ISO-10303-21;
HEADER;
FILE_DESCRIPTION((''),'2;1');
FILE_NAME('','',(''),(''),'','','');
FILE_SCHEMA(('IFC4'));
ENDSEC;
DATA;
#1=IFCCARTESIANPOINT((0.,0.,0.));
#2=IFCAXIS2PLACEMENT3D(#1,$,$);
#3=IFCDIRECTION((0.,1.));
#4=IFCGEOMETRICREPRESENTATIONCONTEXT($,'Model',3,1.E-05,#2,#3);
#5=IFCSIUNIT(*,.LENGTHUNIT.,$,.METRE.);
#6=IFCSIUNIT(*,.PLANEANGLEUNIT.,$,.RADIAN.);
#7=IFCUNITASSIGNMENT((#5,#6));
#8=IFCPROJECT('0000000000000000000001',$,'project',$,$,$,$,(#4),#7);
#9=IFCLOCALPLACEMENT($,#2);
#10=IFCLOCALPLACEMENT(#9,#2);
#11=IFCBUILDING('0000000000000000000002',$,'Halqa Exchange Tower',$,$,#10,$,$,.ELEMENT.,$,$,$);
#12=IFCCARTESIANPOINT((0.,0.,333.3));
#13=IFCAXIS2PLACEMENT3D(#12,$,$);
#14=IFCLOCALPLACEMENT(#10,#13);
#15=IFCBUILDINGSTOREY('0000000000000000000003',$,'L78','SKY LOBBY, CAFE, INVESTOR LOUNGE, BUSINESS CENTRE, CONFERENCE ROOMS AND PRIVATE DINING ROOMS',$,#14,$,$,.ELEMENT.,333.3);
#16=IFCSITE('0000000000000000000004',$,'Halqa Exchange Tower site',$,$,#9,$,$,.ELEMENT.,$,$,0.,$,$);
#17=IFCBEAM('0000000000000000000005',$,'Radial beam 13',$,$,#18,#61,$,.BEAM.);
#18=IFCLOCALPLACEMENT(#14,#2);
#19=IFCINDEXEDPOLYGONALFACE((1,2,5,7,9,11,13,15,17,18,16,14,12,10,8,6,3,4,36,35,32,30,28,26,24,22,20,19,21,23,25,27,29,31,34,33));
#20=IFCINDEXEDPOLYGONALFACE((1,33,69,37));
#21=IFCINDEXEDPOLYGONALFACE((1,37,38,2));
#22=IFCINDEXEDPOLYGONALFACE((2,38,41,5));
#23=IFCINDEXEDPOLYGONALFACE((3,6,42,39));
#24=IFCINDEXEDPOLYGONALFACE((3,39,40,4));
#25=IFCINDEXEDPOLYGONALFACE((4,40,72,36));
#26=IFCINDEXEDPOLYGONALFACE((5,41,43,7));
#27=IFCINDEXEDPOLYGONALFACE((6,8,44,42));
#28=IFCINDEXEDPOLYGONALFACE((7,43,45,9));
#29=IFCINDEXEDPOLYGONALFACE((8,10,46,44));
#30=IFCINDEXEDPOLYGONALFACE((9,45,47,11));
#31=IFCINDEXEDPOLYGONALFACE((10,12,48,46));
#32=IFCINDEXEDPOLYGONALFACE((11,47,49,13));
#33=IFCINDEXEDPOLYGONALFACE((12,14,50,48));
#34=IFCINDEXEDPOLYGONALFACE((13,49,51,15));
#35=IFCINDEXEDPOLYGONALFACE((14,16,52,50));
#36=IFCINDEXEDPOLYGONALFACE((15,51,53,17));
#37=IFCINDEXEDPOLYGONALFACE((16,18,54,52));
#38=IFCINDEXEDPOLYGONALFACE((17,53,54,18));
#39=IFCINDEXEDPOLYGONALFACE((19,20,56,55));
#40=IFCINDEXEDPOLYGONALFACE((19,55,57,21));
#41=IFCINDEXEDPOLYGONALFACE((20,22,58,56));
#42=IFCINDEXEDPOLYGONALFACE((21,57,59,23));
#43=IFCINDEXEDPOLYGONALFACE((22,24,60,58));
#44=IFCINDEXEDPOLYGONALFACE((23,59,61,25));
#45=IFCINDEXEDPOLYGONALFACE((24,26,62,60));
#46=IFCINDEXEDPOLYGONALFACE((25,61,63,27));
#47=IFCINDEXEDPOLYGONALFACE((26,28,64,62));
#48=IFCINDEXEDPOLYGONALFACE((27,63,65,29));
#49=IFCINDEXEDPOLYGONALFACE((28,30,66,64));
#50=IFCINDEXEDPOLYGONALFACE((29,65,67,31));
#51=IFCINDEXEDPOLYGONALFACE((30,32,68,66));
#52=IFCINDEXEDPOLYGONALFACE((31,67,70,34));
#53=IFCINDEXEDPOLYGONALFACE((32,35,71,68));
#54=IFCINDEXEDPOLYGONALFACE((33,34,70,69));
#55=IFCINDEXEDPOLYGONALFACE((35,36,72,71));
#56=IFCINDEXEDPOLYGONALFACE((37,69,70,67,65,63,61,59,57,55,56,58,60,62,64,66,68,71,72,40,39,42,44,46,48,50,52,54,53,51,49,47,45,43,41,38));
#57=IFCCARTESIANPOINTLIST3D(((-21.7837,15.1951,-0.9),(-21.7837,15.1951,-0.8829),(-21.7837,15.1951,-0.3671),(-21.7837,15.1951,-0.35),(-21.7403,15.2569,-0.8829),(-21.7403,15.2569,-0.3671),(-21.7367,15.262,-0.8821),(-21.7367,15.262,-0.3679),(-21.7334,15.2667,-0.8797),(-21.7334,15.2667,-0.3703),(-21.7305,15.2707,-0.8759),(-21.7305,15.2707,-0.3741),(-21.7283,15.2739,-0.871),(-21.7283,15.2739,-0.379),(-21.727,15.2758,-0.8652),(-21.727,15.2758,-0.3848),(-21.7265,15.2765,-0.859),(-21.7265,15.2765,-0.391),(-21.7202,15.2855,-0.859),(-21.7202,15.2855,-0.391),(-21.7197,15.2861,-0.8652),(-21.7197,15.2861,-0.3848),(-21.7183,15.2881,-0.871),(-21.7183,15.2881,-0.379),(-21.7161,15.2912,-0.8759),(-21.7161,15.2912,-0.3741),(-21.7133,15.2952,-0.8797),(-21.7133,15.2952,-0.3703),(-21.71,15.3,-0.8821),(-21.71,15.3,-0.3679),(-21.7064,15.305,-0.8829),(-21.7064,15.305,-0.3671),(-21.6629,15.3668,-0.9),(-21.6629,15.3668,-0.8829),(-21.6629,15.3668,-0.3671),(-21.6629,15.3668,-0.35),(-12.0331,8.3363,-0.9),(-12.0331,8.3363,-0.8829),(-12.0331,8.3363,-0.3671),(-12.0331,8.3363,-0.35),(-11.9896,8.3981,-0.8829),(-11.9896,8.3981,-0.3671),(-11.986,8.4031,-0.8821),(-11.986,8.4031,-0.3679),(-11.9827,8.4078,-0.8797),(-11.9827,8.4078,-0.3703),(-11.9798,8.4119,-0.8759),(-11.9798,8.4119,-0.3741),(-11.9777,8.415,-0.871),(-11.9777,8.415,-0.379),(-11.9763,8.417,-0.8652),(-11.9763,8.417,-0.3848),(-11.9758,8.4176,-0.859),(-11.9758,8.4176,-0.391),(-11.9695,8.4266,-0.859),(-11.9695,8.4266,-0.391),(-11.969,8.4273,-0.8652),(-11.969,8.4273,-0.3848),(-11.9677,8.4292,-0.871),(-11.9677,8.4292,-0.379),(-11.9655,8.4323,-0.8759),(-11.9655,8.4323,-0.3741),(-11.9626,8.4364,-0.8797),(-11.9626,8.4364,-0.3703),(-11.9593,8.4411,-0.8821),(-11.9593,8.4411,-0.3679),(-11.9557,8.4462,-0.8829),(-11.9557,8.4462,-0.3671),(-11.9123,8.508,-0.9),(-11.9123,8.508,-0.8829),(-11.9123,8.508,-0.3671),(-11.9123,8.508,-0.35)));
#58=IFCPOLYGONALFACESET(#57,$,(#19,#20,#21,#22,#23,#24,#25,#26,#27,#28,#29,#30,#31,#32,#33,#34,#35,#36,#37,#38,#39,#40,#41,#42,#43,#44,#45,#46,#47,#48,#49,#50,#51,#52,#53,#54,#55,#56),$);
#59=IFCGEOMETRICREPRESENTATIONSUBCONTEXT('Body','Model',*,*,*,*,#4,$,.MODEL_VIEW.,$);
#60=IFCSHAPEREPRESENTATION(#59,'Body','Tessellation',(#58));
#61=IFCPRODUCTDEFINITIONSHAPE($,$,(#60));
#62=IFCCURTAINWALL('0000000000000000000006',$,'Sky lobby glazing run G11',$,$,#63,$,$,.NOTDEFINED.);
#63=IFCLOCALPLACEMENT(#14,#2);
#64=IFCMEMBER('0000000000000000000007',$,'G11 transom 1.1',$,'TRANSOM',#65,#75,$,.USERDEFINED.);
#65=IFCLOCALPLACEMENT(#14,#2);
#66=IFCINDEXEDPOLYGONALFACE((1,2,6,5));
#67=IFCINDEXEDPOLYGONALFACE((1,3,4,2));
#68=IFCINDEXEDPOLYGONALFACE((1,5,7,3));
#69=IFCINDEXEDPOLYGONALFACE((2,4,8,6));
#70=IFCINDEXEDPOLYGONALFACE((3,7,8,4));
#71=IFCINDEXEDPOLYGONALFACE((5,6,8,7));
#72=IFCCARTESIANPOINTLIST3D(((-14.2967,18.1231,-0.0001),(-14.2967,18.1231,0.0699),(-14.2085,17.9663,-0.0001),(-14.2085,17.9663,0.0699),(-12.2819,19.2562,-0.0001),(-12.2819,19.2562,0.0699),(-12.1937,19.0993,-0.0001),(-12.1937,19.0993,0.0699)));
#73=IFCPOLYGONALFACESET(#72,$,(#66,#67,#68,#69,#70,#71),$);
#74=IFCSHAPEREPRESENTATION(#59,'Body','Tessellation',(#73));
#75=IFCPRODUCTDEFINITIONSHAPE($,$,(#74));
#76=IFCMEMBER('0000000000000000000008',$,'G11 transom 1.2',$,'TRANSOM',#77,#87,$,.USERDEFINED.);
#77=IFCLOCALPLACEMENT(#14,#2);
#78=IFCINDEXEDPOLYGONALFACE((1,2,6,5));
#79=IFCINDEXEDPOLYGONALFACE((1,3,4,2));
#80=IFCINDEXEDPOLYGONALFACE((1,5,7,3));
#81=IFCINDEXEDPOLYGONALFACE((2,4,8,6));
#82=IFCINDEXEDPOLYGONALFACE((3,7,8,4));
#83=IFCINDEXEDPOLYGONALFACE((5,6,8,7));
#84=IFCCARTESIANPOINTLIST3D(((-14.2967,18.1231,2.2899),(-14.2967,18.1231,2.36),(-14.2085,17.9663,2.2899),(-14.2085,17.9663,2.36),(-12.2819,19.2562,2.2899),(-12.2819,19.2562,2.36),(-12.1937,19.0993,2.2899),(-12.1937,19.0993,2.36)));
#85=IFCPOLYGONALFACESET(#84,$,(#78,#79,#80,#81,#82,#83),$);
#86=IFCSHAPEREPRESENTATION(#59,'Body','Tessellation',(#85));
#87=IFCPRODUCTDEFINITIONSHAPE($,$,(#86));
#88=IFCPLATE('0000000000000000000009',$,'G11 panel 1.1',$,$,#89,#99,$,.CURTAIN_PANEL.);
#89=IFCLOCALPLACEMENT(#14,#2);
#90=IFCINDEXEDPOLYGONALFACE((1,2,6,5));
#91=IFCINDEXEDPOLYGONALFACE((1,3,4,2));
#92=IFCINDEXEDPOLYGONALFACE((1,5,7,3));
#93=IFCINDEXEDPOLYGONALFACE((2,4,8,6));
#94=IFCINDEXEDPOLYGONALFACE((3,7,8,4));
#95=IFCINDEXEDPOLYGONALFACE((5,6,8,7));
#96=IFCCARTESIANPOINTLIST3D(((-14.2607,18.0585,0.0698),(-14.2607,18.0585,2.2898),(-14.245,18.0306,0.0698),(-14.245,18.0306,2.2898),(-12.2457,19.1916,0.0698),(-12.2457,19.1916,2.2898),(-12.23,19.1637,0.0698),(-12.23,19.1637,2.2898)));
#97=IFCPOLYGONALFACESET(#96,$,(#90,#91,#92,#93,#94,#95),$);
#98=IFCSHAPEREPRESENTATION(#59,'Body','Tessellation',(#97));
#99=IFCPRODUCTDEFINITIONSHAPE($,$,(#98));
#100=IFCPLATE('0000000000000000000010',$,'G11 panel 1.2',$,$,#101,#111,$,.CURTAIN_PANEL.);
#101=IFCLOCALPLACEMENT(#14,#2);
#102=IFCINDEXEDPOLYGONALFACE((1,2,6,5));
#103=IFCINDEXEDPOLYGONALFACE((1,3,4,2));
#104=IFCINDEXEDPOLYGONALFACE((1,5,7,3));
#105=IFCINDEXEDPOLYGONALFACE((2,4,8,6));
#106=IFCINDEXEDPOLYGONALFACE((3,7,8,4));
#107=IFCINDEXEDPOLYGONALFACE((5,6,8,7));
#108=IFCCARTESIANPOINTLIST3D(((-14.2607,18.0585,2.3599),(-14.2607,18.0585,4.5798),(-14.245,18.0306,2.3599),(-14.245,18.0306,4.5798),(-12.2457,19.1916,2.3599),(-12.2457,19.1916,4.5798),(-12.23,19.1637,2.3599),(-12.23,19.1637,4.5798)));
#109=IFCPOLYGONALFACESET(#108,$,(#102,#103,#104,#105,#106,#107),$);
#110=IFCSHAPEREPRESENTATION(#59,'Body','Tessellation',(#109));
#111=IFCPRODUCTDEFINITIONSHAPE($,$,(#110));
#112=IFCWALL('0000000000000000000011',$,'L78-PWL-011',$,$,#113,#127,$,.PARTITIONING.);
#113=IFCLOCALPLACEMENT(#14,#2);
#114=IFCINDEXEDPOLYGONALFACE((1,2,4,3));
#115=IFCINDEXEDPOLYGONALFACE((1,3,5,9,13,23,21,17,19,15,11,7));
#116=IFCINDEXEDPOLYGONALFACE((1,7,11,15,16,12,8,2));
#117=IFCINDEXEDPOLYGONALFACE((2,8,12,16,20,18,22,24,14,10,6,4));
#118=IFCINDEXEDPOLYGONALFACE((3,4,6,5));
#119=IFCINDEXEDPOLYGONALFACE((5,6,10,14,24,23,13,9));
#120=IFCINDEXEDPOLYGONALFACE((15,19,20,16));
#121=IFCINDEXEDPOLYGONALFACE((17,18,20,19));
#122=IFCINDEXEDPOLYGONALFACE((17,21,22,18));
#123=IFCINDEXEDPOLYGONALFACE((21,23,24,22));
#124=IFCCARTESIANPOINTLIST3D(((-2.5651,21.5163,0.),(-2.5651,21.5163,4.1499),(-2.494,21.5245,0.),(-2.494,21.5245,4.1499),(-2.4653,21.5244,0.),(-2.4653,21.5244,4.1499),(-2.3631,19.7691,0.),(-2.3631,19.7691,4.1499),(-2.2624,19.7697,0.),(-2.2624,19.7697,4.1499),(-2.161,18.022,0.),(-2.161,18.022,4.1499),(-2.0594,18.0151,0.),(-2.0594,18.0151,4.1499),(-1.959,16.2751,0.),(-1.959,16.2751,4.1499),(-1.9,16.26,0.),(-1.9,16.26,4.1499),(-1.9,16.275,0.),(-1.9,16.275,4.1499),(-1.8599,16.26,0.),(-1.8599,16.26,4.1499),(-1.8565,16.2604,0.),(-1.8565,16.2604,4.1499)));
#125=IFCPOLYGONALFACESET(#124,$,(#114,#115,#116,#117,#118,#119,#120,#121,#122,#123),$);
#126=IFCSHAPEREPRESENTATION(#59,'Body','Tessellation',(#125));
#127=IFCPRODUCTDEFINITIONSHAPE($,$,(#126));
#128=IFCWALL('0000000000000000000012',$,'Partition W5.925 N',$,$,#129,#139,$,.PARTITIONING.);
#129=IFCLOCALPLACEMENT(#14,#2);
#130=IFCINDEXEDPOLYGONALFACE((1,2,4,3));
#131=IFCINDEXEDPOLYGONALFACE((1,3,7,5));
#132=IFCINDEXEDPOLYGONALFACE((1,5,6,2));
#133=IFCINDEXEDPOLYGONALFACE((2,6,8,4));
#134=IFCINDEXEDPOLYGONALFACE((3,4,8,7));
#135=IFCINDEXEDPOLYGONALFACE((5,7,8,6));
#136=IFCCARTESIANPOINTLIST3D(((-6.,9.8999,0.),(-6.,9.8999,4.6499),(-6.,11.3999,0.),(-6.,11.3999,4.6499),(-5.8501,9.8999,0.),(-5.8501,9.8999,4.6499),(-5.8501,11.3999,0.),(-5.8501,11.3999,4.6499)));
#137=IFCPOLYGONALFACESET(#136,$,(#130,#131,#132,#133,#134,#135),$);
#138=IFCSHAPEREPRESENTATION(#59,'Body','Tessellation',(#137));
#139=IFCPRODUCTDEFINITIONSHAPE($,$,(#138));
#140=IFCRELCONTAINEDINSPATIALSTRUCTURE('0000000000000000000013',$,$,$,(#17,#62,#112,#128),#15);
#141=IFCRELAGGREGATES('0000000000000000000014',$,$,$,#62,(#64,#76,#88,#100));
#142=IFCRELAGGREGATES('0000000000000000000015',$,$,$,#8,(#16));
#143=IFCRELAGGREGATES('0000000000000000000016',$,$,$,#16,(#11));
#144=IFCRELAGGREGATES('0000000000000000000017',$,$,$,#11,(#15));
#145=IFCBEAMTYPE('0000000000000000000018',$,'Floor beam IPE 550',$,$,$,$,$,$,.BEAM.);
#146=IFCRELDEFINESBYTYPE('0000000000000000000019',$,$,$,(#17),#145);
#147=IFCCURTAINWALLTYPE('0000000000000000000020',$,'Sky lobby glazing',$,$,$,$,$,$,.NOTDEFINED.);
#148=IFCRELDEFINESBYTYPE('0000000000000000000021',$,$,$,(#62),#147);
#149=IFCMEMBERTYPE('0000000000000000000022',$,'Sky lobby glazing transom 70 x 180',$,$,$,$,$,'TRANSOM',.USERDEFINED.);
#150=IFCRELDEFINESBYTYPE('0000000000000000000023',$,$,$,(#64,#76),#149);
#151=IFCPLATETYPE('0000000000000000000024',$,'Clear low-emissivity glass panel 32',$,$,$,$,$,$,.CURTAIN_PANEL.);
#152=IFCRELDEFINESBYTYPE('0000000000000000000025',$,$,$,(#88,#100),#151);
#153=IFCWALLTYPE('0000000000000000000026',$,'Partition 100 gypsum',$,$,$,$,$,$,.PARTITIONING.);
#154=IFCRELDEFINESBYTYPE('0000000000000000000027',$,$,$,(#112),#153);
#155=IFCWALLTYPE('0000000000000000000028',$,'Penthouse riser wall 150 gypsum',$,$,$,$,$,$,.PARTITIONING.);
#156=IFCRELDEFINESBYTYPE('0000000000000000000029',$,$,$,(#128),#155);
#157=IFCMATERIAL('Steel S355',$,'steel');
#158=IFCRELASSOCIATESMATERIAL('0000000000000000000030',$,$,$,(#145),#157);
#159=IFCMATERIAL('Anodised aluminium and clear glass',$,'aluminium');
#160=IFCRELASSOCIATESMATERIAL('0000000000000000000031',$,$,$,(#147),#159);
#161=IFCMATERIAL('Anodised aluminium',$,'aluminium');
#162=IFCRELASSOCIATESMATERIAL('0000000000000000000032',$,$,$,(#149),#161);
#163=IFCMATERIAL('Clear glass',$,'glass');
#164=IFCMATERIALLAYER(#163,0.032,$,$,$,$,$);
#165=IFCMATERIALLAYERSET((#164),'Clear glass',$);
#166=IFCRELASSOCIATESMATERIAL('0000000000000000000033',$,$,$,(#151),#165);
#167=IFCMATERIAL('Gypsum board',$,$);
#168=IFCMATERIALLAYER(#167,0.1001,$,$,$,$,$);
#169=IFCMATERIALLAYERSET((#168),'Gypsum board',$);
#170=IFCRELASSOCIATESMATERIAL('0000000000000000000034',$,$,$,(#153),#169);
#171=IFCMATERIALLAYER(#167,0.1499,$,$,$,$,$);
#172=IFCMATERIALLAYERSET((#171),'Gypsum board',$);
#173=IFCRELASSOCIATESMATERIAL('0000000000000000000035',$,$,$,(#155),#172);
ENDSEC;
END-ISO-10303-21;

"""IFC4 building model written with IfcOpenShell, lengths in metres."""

from ifc_helpers import new_model, si_unit, direction, frame, frame_2d, origin, origin_2d, place, context, subcontext, project, spatial, polyline, rectangle, i_section, outline, extrude, material, layer, layer_set, material_profile, profile_set, type_object, element, aggregate, save


model = new_model("IFC4")

# Units and contexts
model_context = context("Model", 3, precision=1e-05, world=origin(), true_north=direction((0.0, 1.0)))
body_context = subcontext(model_context, "Body", "Model", "MODEL_VIEW")
ifc_project = project(units=[si_unit("LENGTHUNIT", "METRE"), si_unit("PLANEANGLEUNIT", "RADIAN")], contexts=[model_context])

# Site, building, storey
site_placement = place(None, origin())
site = spatial("IfcSite", under=ifc_project, at=site_placement, Name="Halqa Exchange Tower site", CompositionType="ELEMENT", RefElevation=0.0)
building_placement = place(site_placement, origin())
building = spatial("IfcBuilding", under=site, at=building_placement, Name="Halqa Exchange Tower", CompositionType="ELEMENT")
storey_placement = place(building_placement, frame((0.0, 0.0, 333.3)))
storey = spatial("IfcBuildingStorey", under=building, at=storey_placement, Name="L78", Description="SKY LOBBY, CAFE, INVESTOR LOUNGE, BUSINESS CENTRE, CONFERENCE ROOMS AND PRIVATE DINING ROOMS", CompositionType="ELEMENT", Elevation=333.3)

# Beam
ifc_material_1 = material(Name="Steel S355", Category="steel")
ifc_material_profile_1 = material_profile(ifc_material_1, i_section(OverallWidth=0.21, OverallDepth=0.55, WebThickness=0.011, FlangeThickness=0.0171, FilletRadius=0.0239, at=origin_2d()), Name="IPE 550")
ifc_profile_set_1 = profile_set([ifc_material_profile_1], Name="Steel S355")
beam_type_1 = type_object("IfcBeamType", Name="Floor beam IPE 550", PredefinedType="BEAM", material=ifc_profile_set_1)
beam_1_placement = place(storey_placement, frame((-11.9727, 8.4221, -0.625), z_axis=(-0.817915, 0.57534, 0.0), x_axis=(-0.57534, -0.817915, 0.0)))
element("IfcBeam", 1, at=beam_1_placement, inside=storey, type_object=beam_type_1, Name="Radial beam 13", PredefinedType="BEAM", context=body_context, shape_type="SweptSolid", body=[
    extrude(i_section(OverallWidth=0.21, OverallDepth=0.55, WebThickness=0.011, FlangeThickness=0.0171, FilletRadius=0.0239, at=origin_2d()), origin(), (0.0, 0.0, 1.0), 11.9214),
])

# Curtain wall, members, plates
ifc_material_2 = material(Name="Anodised aluminium and clear glass", Category="aluminium")
curtain_wall_type = type_object("IfcCurtainWallType", Name="Sky lobby glazing", PredefinedType="NOTDEFINED", material=ifc_material_2)
curtain_wall_placement = place(storey_placement, origin())
curtain_wall = element("IfcCurtainWall", 2, at=curtain_wall_placement, inside=storey, type_object=curtain_wall_type, Name="Sky lobby glazing run G11", PredefinedType="NOTDEFINED")
ifc_material_3 = material(Name="Anodised aluminium", Category="aluminium")
ifc_material_profile_2 = material_profile(ifc_material_3, rectangle(XDim=0.1799, YDim=0.0701, at=origin_2d()), Name="AL 70x180")
ifc_profile_set_2 = profile_set([ifc_material_profile_2], Name="Anodised aluminium")
member_type = type_object("IfcMemberType", Name="Sky lobby glazing transom 70 x 180", ElementType="TRANSOM", PredefinedType="USERDEFINED", material=ifc_profile_set_2)
member_1_placement = place(storey_placement, frame((-12.2378, 19.1777, 0.0349), z_axis=(-0.871635, -0.490156, 0.0), x_axis=(0.490156, -0.871635, 0.0)))
member_1 = element("IfcMember", 3, at=member_1_placement, type_object=member_type, Name="G11 transom 1.1", ObjectType="TRANSOM", PredefinedType="USERDEFINED", context=body_context, shape_type="SweptSolid", body=[
    extrude(rectangle(XDim=0.1799, YDim=0.0701, at=origin_2d()), origin(), (0.0, 0.0, 1.0), 2.3115),
])
member_2_placement = place(storey_placement, frame((-12.2378, 19.1777, 2.325), z_axis=(-0.871635, -0.490156, 0.0), x_axis=(0.490156, -0.871635, 0.0)))
member_2 = element("IfcMember", 4, at=member_2_placement, type_object=member_type, Name="G11 transom 1.2", ObjectType="TRANSOM", PredefinedType="USERDEFINED", context=body_context, shape_type="SweptSolid", body=[
    extrude(rectangle(XDim=0.1799, YDim=0.0701, at=origin_2d()), origin(), (0.0, 0.0, 1.0), 2.3115),
])
ifc_material_4 = material(Name="Clear glass", Category="glass")
ifc_layer_1 = layer(ifc_material_4, 0.032)
ifc_layer_set_1 = layer_set([ifc_layer_1], Name="Clear glass")
plate_type = type_object("IfcPlateType", Name="Clear low-emissivity glass panel 32", PredefinedType="CURTAIN_PANEL", material=ifc_layer_set_1)
plate_1_placement = place(storey_placement, frame((-13.2454, 18.6111, 0.0698), z_axis=(0.0, 0.0, 1.0), x_axis=(-0.871634, -0.490158, 0.0)))
plate_1 = element("IfcPlate", 5, at=plate_1_placement, type_object=plate_type, Name="G11 panel 1.1", PredefinedType="CURTAIN_PANEL", context=body_context, shape_type="SweptSolid", body=[
    extrude(rectangle(XDim=2.3118, YDim=0.032, at=origin_2d()), origin(), (0.0, 0.0, 1.0), 2.22),
])
plate_2_placement = place(storey_placement, frame((-13.2454, 18.6111, 2.3599), z_axis=(0.0, 0.0, 1.0), x_axis=(-0.871634, -0.490158, 0.0)))
plate_2 = element("IfcPlate", 6, at=plate_2_placement, type_object=plate_type, Name="G11 panel 1.2", PredefinedType="CURTAIN_PANEL", context=body_context, shape_type="SweptSolid", body=[
    extrude(rectangle(XDim=2.3118, YDim=0.032, at=origin_2d()), origin(), (0.0, 0.0, 1.0), 2.22),
])
aggregate(curtain_wall, [member_1, member_2, plate_1, plate_2])

# Walls
ifc_material_5 = material(Name="Gypsum board")
ifc_layer_2 = layer(ifc_material_5, 0.1001)
ifc_layer_set_2 = layer_set([ifc_layer_2], Name="Gypsum board")
wall_type_1 = type_object("IfcWallType", Name="Partition 100 gypsum", PredefinedType="PARTITIONING", material=ifc_layer_set_2)
wall_1_placement = place(storey_placement, frame((-1.9062, 16.2546, 0.0), z_axis=(0.0, 0.0, 1.0), x_axis=(-0.114878, 0.99338, 0.0)))
element("IfcWall", 7, at=wall_1_placement, inside=storey, type_object=wall_type_1, Name="L78-PWL-011", PredefinedType="PARTITIONING", context=body_context, shape_type="SweptSolid", body=[
    extrude(outline(polyline([(0.0, -0.05), (1.7664, -0.05), (3.5327, -0.05), (5.2991, -0.05), (5.3025, -0.0215), (5.3025, 0.05), (3.5437, 0.05), (1.7849, 0.05), (0.0264, 0.05), (0.0195, -0.0085), (0.0046, -0.0068), (0.0, -0.0466), (0.0, -0.05)])), origin(), (0.0, 0.0, 1.0), 4.1499),
])
ifc_layer_3 = layer(ifc_material_5, 0.1499)
ifc_layer_set_3 = layer_set([ifc_layer_3], Name="Gypsum board")
wall_type_2 = type_object("IfcWallType", Name="Penthouse riser wall 150 gypsum", PredefinedType="PARTITIONING", material=ifc_layer_set_3)
wall_2_placement = place(storey_placement, frame((-5.925, 9.8999, 0.0), z_axis=(0.0, 0.0, 1.0), x_axis=(0.0, 1.0, 0.0)))
element("IfcWall", 8, at=wall_2_placement, inside=storey, type_object=wall_type_2, Name="Partition W5.925 N", PredefinedType="PARTITIONING", context=body_context, shape_type="SweptSolid", body=[
    extrude(rectangle(XDim=1.5, YDim=0.1499, at=frame_2d((0.75, 0.0))), origin(), (0.0, 0.0, 1.0), 4.6499),
])

save(model, "model.ifc")
